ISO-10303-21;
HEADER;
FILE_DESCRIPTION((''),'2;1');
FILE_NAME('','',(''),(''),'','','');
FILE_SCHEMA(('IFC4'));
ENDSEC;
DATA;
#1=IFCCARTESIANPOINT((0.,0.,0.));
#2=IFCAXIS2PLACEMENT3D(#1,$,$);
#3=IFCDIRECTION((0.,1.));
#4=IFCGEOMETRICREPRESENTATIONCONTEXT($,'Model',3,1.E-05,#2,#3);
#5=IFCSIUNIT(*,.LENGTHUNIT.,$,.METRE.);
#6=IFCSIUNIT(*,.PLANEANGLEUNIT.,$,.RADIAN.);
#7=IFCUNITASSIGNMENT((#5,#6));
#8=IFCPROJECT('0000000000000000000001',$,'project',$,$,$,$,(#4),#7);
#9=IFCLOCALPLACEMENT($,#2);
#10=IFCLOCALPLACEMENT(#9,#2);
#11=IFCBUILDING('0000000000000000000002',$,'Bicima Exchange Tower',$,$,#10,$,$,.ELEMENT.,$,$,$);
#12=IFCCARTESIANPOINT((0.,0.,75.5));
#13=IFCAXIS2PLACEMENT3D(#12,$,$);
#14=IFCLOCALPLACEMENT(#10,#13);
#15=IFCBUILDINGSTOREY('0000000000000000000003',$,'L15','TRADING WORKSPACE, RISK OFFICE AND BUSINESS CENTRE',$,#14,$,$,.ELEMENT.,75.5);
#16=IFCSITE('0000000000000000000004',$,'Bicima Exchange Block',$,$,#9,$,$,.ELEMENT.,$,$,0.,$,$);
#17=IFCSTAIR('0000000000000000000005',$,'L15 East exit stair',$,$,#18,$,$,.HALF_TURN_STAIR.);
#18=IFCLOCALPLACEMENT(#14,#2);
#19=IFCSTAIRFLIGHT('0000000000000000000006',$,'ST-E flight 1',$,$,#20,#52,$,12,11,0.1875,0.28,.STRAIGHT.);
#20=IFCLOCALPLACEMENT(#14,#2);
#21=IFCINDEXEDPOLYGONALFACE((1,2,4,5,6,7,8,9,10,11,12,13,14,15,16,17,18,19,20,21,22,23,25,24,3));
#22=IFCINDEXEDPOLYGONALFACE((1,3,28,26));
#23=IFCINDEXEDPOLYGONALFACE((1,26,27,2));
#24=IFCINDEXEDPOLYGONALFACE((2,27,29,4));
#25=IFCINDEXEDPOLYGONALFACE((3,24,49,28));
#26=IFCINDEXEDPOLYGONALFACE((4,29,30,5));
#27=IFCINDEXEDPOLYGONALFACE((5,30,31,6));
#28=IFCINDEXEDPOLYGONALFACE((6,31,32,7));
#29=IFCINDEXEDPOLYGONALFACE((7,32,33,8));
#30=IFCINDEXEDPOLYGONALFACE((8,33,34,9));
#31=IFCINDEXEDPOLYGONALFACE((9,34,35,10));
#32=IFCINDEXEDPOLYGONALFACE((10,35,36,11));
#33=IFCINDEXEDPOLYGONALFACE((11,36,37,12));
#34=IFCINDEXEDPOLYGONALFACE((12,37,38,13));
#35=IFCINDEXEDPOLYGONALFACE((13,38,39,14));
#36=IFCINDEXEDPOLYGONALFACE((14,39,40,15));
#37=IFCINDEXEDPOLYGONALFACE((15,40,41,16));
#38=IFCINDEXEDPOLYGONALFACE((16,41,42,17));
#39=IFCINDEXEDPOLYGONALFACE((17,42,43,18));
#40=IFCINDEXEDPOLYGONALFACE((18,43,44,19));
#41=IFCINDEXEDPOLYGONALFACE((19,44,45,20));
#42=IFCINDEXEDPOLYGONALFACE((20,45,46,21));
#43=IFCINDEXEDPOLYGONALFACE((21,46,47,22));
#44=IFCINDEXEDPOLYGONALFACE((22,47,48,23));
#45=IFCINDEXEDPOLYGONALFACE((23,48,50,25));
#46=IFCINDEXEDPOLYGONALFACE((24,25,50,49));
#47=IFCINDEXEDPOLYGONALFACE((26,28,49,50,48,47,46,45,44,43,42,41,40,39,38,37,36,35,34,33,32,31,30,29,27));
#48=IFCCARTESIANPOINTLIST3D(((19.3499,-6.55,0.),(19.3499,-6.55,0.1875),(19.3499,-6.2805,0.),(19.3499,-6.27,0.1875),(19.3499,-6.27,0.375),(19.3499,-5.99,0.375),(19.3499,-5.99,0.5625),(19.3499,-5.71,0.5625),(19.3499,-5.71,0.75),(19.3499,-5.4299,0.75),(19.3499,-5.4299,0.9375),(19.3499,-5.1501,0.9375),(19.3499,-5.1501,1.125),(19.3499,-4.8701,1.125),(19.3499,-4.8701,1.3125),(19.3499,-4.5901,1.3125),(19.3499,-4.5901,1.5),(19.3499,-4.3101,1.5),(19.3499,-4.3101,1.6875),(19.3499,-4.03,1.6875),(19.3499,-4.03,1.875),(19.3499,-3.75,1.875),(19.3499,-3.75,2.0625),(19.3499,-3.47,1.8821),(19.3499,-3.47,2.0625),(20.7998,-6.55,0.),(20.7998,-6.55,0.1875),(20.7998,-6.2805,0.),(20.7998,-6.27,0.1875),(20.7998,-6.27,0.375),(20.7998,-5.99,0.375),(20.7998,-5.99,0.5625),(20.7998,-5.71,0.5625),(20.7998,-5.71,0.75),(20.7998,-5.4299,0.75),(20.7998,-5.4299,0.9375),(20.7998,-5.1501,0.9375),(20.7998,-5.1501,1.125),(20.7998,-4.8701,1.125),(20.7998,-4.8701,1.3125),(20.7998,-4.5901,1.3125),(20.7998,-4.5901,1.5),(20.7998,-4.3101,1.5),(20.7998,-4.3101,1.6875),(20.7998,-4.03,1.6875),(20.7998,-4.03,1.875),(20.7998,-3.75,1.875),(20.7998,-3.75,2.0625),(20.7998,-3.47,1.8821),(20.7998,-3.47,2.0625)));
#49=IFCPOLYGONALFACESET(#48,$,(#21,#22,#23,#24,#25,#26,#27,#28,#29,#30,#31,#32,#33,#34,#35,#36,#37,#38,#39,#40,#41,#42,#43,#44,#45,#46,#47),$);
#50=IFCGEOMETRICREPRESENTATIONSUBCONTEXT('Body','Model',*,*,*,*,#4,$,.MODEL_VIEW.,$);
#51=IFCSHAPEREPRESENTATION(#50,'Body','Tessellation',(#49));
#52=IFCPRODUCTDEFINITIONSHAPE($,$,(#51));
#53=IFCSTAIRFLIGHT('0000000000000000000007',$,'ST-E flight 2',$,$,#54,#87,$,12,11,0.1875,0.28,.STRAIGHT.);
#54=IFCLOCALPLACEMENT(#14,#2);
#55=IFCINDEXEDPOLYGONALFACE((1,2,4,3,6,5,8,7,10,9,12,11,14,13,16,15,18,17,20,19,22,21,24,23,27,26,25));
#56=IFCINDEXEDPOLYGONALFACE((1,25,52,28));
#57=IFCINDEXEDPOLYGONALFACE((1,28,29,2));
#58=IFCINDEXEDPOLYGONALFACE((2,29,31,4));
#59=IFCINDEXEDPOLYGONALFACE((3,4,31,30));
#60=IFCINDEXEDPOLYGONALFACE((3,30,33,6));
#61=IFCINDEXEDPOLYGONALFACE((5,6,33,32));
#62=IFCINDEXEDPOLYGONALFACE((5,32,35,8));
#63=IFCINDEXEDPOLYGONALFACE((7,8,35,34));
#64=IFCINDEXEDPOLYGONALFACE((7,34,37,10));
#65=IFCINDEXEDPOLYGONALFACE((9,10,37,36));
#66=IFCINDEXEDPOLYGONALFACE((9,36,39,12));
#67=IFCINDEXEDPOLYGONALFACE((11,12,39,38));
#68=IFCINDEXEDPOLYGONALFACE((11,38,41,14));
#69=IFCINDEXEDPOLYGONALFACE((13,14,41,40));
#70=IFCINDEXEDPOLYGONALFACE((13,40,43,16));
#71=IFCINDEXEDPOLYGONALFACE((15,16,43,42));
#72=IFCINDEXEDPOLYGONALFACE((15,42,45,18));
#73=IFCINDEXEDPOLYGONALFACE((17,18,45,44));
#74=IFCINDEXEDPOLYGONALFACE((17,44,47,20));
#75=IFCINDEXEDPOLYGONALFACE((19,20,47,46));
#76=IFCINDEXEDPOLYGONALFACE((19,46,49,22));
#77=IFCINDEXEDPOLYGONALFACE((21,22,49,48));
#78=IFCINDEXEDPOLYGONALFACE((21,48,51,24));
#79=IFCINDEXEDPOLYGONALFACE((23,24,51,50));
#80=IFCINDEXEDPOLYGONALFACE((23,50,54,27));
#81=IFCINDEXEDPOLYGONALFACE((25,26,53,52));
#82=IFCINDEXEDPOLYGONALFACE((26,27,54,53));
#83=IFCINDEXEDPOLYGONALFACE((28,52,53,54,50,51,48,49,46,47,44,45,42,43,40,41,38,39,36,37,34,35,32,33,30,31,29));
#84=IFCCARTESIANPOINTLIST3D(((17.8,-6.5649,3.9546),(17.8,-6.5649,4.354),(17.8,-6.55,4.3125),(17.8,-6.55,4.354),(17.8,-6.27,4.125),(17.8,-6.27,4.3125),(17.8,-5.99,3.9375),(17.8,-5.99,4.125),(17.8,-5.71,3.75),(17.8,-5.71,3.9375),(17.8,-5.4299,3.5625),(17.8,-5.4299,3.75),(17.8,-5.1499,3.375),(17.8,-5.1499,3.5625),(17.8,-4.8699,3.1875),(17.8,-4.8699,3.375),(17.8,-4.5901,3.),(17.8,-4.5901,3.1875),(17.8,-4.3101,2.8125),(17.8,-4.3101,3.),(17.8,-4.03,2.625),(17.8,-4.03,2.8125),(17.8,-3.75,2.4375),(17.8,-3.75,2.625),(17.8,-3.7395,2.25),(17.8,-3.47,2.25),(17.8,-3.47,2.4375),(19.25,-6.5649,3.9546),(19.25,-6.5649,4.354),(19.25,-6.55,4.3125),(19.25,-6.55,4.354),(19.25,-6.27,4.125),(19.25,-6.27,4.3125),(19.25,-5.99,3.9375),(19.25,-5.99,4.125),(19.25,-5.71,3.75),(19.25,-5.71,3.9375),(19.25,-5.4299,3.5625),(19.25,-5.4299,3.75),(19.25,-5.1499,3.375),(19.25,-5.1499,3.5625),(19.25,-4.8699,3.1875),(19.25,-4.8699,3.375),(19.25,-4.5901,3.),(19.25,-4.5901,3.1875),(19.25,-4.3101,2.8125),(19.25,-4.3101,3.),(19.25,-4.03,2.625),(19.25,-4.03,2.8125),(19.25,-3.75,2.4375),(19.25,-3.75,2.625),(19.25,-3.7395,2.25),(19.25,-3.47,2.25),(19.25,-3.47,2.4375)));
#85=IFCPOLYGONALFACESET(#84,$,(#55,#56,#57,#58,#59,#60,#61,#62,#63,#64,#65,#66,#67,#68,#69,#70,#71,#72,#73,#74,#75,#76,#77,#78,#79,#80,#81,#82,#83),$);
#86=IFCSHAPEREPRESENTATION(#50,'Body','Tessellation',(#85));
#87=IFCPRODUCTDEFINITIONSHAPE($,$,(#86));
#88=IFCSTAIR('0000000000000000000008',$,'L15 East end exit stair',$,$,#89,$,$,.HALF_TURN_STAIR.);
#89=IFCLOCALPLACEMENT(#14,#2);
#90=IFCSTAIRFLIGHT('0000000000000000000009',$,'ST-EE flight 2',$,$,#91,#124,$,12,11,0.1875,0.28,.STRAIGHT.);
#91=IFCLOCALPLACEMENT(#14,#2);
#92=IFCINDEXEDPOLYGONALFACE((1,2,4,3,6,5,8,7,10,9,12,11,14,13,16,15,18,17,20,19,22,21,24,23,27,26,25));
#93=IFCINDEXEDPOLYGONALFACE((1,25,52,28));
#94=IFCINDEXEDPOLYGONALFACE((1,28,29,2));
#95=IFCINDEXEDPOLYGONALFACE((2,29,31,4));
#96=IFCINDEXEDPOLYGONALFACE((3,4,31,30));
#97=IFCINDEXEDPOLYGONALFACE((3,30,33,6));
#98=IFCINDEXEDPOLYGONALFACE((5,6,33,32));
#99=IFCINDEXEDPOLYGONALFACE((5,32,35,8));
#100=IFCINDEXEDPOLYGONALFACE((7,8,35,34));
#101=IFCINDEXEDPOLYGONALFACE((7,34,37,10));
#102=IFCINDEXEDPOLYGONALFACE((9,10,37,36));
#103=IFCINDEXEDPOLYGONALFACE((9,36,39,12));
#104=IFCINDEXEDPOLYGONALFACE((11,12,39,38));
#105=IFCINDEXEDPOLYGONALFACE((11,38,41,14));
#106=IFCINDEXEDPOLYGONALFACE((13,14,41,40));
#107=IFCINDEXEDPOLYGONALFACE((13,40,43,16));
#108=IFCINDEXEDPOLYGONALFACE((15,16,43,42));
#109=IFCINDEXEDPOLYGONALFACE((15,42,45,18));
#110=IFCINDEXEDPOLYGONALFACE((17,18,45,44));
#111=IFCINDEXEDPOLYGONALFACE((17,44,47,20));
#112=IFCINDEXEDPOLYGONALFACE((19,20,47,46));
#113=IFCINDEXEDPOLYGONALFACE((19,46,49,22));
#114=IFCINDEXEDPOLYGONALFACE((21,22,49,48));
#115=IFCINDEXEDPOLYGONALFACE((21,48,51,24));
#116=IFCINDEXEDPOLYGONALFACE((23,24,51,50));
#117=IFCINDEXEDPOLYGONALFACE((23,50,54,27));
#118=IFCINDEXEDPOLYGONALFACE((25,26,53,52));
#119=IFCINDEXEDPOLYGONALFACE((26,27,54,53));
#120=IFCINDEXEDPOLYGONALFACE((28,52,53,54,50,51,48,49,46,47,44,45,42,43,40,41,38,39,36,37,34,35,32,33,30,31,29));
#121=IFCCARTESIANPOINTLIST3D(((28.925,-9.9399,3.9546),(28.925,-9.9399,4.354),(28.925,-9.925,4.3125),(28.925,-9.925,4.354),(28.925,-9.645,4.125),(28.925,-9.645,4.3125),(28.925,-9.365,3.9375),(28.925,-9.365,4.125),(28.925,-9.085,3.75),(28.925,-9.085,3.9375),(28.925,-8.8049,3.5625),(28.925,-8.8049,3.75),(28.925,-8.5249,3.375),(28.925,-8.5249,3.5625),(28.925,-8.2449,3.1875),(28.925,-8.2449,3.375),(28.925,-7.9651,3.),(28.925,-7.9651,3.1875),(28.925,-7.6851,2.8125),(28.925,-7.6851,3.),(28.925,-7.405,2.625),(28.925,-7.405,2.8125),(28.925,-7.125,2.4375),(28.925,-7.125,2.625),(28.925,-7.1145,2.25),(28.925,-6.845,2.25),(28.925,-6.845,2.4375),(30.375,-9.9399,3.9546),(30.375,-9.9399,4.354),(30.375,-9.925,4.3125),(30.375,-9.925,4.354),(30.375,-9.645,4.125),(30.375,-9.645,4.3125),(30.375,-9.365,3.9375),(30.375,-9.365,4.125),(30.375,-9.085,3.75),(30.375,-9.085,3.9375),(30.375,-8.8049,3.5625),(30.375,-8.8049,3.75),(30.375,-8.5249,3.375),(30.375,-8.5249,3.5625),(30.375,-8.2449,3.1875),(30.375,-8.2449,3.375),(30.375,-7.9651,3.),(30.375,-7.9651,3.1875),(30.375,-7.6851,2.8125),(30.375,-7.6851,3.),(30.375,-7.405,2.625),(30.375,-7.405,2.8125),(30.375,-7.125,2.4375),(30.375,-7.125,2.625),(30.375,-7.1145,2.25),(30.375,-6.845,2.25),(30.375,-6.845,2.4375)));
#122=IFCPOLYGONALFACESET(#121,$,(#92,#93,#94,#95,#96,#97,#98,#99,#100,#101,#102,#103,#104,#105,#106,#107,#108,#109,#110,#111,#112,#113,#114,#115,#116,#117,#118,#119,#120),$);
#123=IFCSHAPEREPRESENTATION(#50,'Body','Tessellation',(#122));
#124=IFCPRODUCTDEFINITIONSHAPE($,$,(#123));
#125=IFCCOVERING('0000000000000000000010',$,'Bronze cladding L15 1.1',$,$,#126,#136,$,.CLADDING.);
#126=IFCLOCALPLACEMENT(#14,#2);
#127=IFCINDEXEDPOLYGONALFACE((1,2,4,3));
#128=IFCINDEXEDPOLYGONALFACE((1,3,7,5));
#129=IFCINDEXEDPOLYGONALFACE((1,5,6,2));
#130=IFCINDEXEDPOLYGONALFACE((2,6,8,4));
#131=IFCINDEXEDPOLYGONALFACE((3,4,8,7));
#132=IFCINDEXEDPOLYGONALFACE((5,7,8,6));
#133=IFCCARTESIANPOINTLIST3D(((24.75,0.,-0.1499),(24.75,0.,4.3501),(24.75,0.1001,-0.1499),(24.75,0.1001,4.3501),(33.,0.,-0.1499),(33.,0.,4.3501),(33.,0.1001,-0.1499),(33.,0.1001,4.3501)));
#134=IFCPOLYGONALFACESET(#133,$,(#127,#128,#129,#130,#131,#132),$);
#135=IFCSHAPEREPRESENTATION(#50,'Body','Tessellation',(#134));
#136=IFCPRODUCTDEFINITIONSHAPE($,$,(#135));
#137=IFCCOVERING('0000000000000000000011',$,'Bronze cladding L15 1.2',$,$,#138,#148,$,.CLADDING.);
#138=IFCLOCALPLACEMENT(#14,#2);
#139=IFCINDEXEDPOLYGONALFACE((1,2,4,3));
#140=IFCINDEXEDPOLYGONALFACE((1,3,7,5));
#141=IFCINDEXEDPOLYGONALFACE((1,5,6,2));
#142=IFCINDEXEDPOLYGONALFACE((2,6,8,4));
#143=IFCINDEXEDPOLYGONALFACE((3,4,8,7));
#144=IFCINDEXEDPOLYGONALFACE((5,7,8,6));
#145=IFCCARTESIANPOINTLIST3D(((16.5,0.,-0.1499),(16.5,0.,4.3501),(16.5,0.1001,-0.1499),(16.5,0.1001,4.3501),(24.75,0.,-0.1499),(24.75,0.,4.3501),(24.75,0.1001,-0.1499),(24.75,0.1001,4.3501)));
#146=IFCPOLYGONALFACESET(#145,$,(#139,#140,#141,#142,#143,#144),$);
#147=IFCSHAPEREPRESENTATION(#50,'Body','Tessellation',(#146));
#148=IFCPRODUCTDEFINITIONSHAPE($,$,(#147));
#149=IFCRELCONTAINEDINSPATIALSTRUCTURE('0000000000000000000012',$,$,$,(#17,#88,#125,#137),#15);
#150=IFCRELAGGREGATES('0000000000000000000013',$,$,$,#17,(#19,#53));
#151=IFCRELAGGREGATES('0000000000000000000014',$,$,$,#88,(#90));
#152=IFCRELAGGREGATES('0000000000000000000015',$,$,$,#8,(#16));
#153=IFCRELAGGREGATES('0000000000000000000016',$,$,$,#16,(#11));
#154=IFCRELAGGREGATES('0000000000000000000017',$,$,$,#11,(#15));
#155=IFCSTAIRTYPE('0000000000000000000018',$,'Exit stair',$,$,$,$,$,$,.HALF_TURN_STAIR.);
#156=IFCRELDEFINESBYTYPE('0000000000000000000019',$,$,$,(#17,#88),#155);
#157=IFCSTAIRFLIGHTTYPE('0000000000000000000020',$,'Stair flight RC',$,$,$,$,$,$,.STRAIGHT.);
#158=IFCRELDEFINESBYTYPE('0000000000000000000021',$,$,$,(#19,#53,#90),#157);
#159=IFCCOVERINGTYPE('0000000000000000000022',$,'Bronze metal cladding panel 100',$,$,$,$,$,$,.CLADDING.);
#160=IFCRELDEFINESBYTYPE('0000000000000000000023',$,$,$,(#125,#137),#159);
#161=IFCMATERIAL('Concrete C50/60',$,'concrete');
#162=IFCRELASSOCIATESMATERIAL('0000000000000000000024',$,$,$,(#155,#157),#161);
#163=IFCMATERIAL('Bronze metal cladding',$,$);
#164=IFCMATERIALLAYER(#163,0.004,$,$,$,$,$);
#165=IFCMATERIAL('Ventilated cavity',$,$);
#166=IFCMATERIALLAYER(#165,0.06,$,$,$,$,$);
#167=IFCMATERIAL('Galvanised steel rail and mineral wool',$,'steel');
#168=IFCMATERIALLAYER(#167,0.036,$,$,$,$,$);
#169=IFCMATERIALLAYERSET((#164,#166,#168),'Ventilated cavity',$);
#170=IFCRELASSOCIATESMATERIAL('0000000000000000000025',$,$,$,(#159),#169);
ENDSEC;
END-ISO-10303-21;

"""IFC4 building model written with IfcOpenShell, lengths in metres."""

from ifc_helpers import new_model, si_unit, direction, frame, origin, origin_2d, place, context, subcontext, project, spatial, polyline, rectangle, outline, extrude, material, layer, layer_set, type_object, element, aggregate, save


model = new_model("IFC4")

# Units and contexts
model_context = context("Model", 3, precision=1e-05, world=origin(), true_north=direction((0.0, 1.0)))
body_context = subcontext(model_context, "Body", "Model", "MODEL_VIEW")
ifc_project = project(units=[si_unit("LENGTHUNIT", "METRE"), si_unit("PLANEANGLEUNIT", "RADIAN")], contexts=[model_context])

# Site, building, storey
site_placement = place(None, origin())
site = spatial("IfcSite", under=ifc_project, at=site_placement, Name="Bicima Exchange Block", CompositionType="ELEMENT", RefElevation=0.0)
building_placement = place(site_placement, origin())
building = spatial("IfcBuilding", under=site, at=building_placement, Name="Bicima Exchange Tower", CompositionType="ELEMENT")
storey_placement = place(building_placement, frame((0.0, 0.0, 75.5)))
storey = spatial("IfcBuildingStorey", under=building, at=storey_placement, Name="L15", Description="TRADING WORKSPACE, RISK OFFICE AND BUSINESS CENTRE", CompositionType="ELEMENT", Elevation=75.5)

# Shared definitions
ifc_material_1 = material(Name="Concrete C50/60", Category="concrete")

# Stair, stair flights
stair_type = type_object("IfcStairType", Name="Exit stair", PredefinedType="HALF_TURN_STAIR", material=ifc_material_1)
stair_1_placement = place(storey_placement, origin())
stair_1 = element("IfcStair", 1, at=stair_1_placement, inside=storey, type_object=stair_type, Name="L15 East exit stair", PredefinedType="HALF_TURN_STAIR")
stair_flight_type = type_object("IfcStairFlightType", Name="Stair flight RC", PredefinedType="STRAIGHT", material=ifc_material_1)
stair_flight_1_placement = place(storey_placement, frame((20.075, -6.55, 0.0), z_axis=(0.0, 0.0, 1.0), x_axis=(0.0, 1.0, 0.0)))
stair_flight_1 = element("IfcStairFlight", 2, at=stair_flight_1_placement, type_object=stair_flight_type, Name="ST-E flight 1", NumberOfRisers=12, NumberOfTreads=11, PredefinedType="STRAIGHT", RiserHeight=0.1875, TreadLength=0.28, context=body_context, shape_type="SweptSolid", body=[
    extrude(outline(polyline([(0.0, 0.0), (0.0, 0.1875), (0.28, 0.1875), (0.28, 0.375), (0.5601, 0.375), (0.5601, 0.5625), (0.8401, 0.5625), (0.8401, 0.75), (1.1201, 0.75), (1.1201, 0.9375), (1.3999, 0.9375), (1.3999, 1.125), (1.6799, 1.125), (1.6799, 1.3125), (1.96, 1.3125), (1.96, 1.5), (2.24, 1.5), (2.24, 1.6875), (2.52, 1.6875), (2.52, 1.875), (2.8, 1.875), (2.8, 2.0625), (3.0801, 2.0625), (3.0801, 2.25), (3.0801, 1.8821), (0.2695, 0.0), (0.0, 0.0)])), frame((0.0, 0.7251, 0.0), z_axis=(0.0, -1.0, 0.0), x_axis=(1.0, 0.0, 0.0)), (0.0, 0.0, 1.0), 1.45),
])
stair_flight_2_placement = place(storey_placement, frame((18.5249, -3.47, 2.25), z_axis=(0.0, 0.0, 1.0), x_axis=(0.0, -1.0, 0.0)))
stair_flight_2 = element("IfcStairFlight", 3, at=stair_flight_2_placement, type_object=stair_flight_type, Name="ST-E flight 2", NumberOfRisers=12, NumberOfTreads=11, PredefinedType="STRAIGHT", RiserHeight=0.1875, TreadLength=0.28, context=body_context, shape_type="SweptSolid", body=[
    extrude(outline(polyline([(0.0, 0.0), (0.0, 0.1875), (0.28, 0.1875), (0.28, 0.375), (0.5601, 0.375), (0.5601, 0.5625), (0.8401, 0.5625), (0.8401, 0.75), (1.1201, 0.75), (1.1201, 0.9375), (1.3999, 0.9375), (1.3999, 1.125), (1.6799, 1.125), (1.6799, 1.3125), (1.96, 1.3125), (1.96, 1.5), (2.24, 1.5), (2.24, 1.6875), (2.52, 1.6875), (2.52, 1.875), (2.8, 1.875), (2.8, 2.0625), (3.0801, 2.0625), (3.0801, 2.104), (3.095, 2.104), (3.095, 1.7046), (0.2695, 0.0), (0.0, 0.0)])), frame((0.0, 0.7251, 0.0), z_axis=(0.0, -1.0, 0.0), x_axis=(1.0, 0.0, 0.0)), (0.0, 0.0, 1.0), 1.45),
])
aggregate(stair_1, [stair_flight_1, stair_flight_2])

# Stair, stair flight
stair_2_placement = place(storey_placement, origin())
stair_2 = element("IfcStair", 4, at=stair_2_placement, inside=storey, type_object=stair_type, Name="L15 East end exit stair", PredefinedType="HALF_TURN_STAIR")
stair_flight_3_placement = place(storey_placement, frame((29.6499, -6.845, 2.25), z_axis=(0.0, 0.0, 1.0), x_axis=(0.0, -1.0, 0.0)))
stair_flight_3 = element("IfcStairFlight", 5, at=stair_flight_3_placement, type_object=stair_flight_type, Name="ST-EE flight 2", NumberOfRisers=12, NumberOfTreads=11, PredefinedType="STRAIGHT", RiserHeight=0.1875, TreadLength=0.28, context=body_context, shape_type="SweptSolid", body=[
    extrude(outline(polyline([(0.0, 0.0), (0.0, 0.1875), (0.28, 0.1875), (0.28, 0.375), (0.5601, 0.375), (0.5601, 0.5625), (0.8401, 0.5625), (0.8401, 0.75), (1.1201, 0.75), (1.1201, 0.9375), (1.3999, 0.9375), (1.3999, 1.125), (1.6799, 1.125), (1.6799, 1.3125), (1.96, 1.3125), (1.96, 1.5), (2.24, 1.5), (2.24, 1.6875), (2.52, 1.6875), (2.52, 1.875), (2.8, 1.875), (2.8, 2.0625), (3.0801, 2.0625), (3.0801, 2.104), (3.095, 2.104), (3.095, 1.7046), (0.2695, 0.0), (0.0, 0.0)])), frame((0.0, 0.7251, 0.0), z_axis=(0.0, -1.0, 0.0), x_axis=(1.0, 0.0, 0.0)), (0.0, 0.0, 1.0), 1.45),
])
aggregate(stair_2, [stair_flight_3])

# Coverings
ifc_material_2 = material(Name="Bronze metal cladding")
ifc_layer_1 = layer(ifc_material_2, 0.004)
ifc_material_3 = material(Name="Ventilated cavity")
ifc_layer_2 = layer(ifc_material_3, 0.06)
ifc_material_4 = material(Name="Galvanised steel rail and mineral wool", Category="steel")
ifc_layer_3 = layer(ifc_material_4, 0.036)
ifc_layer_set_1 = layer_set([ifc_layer_1, ifc_layer_2, ifc_layer_3], Name="Ventilated cavity")
covering_type = type_object("IfcCoveringType", Name="Bronze metal cladding panel 100", PredefinedType="CLADDING", material=ifc_layer_set_1)
for number, where, z_axis, x_axis, name in (
    (6, (28.875, 0.05, -0.1499), (0.0, 0.0, 1.0), (-1.0, 0.0, 0.0), "Bronze cladding L15 1.1"),
    (7, (20.625, 0.05, -0.1499), (0.0, 0.0, 1.0), (-1.0, 0.0, 0.0), "Bronze cladding L15 1.2"),
):
    element("IfcCovering", number, at=place(storey_placement, frame(where, z_axis=z_axis, x_axis=x_axis)), inside=storey, type_object=covering_type, Name=name, PredefinedType="CLADDING", context=body_context, shape_type="SweptSolid", body=[
        extrude(rectangle(XDim=8.25, YDim=0.1001, at=origin_2d()), origin(), (0.0, 0.0, 1.0), 4.5),
    ])

save(model, "model.ifc")
